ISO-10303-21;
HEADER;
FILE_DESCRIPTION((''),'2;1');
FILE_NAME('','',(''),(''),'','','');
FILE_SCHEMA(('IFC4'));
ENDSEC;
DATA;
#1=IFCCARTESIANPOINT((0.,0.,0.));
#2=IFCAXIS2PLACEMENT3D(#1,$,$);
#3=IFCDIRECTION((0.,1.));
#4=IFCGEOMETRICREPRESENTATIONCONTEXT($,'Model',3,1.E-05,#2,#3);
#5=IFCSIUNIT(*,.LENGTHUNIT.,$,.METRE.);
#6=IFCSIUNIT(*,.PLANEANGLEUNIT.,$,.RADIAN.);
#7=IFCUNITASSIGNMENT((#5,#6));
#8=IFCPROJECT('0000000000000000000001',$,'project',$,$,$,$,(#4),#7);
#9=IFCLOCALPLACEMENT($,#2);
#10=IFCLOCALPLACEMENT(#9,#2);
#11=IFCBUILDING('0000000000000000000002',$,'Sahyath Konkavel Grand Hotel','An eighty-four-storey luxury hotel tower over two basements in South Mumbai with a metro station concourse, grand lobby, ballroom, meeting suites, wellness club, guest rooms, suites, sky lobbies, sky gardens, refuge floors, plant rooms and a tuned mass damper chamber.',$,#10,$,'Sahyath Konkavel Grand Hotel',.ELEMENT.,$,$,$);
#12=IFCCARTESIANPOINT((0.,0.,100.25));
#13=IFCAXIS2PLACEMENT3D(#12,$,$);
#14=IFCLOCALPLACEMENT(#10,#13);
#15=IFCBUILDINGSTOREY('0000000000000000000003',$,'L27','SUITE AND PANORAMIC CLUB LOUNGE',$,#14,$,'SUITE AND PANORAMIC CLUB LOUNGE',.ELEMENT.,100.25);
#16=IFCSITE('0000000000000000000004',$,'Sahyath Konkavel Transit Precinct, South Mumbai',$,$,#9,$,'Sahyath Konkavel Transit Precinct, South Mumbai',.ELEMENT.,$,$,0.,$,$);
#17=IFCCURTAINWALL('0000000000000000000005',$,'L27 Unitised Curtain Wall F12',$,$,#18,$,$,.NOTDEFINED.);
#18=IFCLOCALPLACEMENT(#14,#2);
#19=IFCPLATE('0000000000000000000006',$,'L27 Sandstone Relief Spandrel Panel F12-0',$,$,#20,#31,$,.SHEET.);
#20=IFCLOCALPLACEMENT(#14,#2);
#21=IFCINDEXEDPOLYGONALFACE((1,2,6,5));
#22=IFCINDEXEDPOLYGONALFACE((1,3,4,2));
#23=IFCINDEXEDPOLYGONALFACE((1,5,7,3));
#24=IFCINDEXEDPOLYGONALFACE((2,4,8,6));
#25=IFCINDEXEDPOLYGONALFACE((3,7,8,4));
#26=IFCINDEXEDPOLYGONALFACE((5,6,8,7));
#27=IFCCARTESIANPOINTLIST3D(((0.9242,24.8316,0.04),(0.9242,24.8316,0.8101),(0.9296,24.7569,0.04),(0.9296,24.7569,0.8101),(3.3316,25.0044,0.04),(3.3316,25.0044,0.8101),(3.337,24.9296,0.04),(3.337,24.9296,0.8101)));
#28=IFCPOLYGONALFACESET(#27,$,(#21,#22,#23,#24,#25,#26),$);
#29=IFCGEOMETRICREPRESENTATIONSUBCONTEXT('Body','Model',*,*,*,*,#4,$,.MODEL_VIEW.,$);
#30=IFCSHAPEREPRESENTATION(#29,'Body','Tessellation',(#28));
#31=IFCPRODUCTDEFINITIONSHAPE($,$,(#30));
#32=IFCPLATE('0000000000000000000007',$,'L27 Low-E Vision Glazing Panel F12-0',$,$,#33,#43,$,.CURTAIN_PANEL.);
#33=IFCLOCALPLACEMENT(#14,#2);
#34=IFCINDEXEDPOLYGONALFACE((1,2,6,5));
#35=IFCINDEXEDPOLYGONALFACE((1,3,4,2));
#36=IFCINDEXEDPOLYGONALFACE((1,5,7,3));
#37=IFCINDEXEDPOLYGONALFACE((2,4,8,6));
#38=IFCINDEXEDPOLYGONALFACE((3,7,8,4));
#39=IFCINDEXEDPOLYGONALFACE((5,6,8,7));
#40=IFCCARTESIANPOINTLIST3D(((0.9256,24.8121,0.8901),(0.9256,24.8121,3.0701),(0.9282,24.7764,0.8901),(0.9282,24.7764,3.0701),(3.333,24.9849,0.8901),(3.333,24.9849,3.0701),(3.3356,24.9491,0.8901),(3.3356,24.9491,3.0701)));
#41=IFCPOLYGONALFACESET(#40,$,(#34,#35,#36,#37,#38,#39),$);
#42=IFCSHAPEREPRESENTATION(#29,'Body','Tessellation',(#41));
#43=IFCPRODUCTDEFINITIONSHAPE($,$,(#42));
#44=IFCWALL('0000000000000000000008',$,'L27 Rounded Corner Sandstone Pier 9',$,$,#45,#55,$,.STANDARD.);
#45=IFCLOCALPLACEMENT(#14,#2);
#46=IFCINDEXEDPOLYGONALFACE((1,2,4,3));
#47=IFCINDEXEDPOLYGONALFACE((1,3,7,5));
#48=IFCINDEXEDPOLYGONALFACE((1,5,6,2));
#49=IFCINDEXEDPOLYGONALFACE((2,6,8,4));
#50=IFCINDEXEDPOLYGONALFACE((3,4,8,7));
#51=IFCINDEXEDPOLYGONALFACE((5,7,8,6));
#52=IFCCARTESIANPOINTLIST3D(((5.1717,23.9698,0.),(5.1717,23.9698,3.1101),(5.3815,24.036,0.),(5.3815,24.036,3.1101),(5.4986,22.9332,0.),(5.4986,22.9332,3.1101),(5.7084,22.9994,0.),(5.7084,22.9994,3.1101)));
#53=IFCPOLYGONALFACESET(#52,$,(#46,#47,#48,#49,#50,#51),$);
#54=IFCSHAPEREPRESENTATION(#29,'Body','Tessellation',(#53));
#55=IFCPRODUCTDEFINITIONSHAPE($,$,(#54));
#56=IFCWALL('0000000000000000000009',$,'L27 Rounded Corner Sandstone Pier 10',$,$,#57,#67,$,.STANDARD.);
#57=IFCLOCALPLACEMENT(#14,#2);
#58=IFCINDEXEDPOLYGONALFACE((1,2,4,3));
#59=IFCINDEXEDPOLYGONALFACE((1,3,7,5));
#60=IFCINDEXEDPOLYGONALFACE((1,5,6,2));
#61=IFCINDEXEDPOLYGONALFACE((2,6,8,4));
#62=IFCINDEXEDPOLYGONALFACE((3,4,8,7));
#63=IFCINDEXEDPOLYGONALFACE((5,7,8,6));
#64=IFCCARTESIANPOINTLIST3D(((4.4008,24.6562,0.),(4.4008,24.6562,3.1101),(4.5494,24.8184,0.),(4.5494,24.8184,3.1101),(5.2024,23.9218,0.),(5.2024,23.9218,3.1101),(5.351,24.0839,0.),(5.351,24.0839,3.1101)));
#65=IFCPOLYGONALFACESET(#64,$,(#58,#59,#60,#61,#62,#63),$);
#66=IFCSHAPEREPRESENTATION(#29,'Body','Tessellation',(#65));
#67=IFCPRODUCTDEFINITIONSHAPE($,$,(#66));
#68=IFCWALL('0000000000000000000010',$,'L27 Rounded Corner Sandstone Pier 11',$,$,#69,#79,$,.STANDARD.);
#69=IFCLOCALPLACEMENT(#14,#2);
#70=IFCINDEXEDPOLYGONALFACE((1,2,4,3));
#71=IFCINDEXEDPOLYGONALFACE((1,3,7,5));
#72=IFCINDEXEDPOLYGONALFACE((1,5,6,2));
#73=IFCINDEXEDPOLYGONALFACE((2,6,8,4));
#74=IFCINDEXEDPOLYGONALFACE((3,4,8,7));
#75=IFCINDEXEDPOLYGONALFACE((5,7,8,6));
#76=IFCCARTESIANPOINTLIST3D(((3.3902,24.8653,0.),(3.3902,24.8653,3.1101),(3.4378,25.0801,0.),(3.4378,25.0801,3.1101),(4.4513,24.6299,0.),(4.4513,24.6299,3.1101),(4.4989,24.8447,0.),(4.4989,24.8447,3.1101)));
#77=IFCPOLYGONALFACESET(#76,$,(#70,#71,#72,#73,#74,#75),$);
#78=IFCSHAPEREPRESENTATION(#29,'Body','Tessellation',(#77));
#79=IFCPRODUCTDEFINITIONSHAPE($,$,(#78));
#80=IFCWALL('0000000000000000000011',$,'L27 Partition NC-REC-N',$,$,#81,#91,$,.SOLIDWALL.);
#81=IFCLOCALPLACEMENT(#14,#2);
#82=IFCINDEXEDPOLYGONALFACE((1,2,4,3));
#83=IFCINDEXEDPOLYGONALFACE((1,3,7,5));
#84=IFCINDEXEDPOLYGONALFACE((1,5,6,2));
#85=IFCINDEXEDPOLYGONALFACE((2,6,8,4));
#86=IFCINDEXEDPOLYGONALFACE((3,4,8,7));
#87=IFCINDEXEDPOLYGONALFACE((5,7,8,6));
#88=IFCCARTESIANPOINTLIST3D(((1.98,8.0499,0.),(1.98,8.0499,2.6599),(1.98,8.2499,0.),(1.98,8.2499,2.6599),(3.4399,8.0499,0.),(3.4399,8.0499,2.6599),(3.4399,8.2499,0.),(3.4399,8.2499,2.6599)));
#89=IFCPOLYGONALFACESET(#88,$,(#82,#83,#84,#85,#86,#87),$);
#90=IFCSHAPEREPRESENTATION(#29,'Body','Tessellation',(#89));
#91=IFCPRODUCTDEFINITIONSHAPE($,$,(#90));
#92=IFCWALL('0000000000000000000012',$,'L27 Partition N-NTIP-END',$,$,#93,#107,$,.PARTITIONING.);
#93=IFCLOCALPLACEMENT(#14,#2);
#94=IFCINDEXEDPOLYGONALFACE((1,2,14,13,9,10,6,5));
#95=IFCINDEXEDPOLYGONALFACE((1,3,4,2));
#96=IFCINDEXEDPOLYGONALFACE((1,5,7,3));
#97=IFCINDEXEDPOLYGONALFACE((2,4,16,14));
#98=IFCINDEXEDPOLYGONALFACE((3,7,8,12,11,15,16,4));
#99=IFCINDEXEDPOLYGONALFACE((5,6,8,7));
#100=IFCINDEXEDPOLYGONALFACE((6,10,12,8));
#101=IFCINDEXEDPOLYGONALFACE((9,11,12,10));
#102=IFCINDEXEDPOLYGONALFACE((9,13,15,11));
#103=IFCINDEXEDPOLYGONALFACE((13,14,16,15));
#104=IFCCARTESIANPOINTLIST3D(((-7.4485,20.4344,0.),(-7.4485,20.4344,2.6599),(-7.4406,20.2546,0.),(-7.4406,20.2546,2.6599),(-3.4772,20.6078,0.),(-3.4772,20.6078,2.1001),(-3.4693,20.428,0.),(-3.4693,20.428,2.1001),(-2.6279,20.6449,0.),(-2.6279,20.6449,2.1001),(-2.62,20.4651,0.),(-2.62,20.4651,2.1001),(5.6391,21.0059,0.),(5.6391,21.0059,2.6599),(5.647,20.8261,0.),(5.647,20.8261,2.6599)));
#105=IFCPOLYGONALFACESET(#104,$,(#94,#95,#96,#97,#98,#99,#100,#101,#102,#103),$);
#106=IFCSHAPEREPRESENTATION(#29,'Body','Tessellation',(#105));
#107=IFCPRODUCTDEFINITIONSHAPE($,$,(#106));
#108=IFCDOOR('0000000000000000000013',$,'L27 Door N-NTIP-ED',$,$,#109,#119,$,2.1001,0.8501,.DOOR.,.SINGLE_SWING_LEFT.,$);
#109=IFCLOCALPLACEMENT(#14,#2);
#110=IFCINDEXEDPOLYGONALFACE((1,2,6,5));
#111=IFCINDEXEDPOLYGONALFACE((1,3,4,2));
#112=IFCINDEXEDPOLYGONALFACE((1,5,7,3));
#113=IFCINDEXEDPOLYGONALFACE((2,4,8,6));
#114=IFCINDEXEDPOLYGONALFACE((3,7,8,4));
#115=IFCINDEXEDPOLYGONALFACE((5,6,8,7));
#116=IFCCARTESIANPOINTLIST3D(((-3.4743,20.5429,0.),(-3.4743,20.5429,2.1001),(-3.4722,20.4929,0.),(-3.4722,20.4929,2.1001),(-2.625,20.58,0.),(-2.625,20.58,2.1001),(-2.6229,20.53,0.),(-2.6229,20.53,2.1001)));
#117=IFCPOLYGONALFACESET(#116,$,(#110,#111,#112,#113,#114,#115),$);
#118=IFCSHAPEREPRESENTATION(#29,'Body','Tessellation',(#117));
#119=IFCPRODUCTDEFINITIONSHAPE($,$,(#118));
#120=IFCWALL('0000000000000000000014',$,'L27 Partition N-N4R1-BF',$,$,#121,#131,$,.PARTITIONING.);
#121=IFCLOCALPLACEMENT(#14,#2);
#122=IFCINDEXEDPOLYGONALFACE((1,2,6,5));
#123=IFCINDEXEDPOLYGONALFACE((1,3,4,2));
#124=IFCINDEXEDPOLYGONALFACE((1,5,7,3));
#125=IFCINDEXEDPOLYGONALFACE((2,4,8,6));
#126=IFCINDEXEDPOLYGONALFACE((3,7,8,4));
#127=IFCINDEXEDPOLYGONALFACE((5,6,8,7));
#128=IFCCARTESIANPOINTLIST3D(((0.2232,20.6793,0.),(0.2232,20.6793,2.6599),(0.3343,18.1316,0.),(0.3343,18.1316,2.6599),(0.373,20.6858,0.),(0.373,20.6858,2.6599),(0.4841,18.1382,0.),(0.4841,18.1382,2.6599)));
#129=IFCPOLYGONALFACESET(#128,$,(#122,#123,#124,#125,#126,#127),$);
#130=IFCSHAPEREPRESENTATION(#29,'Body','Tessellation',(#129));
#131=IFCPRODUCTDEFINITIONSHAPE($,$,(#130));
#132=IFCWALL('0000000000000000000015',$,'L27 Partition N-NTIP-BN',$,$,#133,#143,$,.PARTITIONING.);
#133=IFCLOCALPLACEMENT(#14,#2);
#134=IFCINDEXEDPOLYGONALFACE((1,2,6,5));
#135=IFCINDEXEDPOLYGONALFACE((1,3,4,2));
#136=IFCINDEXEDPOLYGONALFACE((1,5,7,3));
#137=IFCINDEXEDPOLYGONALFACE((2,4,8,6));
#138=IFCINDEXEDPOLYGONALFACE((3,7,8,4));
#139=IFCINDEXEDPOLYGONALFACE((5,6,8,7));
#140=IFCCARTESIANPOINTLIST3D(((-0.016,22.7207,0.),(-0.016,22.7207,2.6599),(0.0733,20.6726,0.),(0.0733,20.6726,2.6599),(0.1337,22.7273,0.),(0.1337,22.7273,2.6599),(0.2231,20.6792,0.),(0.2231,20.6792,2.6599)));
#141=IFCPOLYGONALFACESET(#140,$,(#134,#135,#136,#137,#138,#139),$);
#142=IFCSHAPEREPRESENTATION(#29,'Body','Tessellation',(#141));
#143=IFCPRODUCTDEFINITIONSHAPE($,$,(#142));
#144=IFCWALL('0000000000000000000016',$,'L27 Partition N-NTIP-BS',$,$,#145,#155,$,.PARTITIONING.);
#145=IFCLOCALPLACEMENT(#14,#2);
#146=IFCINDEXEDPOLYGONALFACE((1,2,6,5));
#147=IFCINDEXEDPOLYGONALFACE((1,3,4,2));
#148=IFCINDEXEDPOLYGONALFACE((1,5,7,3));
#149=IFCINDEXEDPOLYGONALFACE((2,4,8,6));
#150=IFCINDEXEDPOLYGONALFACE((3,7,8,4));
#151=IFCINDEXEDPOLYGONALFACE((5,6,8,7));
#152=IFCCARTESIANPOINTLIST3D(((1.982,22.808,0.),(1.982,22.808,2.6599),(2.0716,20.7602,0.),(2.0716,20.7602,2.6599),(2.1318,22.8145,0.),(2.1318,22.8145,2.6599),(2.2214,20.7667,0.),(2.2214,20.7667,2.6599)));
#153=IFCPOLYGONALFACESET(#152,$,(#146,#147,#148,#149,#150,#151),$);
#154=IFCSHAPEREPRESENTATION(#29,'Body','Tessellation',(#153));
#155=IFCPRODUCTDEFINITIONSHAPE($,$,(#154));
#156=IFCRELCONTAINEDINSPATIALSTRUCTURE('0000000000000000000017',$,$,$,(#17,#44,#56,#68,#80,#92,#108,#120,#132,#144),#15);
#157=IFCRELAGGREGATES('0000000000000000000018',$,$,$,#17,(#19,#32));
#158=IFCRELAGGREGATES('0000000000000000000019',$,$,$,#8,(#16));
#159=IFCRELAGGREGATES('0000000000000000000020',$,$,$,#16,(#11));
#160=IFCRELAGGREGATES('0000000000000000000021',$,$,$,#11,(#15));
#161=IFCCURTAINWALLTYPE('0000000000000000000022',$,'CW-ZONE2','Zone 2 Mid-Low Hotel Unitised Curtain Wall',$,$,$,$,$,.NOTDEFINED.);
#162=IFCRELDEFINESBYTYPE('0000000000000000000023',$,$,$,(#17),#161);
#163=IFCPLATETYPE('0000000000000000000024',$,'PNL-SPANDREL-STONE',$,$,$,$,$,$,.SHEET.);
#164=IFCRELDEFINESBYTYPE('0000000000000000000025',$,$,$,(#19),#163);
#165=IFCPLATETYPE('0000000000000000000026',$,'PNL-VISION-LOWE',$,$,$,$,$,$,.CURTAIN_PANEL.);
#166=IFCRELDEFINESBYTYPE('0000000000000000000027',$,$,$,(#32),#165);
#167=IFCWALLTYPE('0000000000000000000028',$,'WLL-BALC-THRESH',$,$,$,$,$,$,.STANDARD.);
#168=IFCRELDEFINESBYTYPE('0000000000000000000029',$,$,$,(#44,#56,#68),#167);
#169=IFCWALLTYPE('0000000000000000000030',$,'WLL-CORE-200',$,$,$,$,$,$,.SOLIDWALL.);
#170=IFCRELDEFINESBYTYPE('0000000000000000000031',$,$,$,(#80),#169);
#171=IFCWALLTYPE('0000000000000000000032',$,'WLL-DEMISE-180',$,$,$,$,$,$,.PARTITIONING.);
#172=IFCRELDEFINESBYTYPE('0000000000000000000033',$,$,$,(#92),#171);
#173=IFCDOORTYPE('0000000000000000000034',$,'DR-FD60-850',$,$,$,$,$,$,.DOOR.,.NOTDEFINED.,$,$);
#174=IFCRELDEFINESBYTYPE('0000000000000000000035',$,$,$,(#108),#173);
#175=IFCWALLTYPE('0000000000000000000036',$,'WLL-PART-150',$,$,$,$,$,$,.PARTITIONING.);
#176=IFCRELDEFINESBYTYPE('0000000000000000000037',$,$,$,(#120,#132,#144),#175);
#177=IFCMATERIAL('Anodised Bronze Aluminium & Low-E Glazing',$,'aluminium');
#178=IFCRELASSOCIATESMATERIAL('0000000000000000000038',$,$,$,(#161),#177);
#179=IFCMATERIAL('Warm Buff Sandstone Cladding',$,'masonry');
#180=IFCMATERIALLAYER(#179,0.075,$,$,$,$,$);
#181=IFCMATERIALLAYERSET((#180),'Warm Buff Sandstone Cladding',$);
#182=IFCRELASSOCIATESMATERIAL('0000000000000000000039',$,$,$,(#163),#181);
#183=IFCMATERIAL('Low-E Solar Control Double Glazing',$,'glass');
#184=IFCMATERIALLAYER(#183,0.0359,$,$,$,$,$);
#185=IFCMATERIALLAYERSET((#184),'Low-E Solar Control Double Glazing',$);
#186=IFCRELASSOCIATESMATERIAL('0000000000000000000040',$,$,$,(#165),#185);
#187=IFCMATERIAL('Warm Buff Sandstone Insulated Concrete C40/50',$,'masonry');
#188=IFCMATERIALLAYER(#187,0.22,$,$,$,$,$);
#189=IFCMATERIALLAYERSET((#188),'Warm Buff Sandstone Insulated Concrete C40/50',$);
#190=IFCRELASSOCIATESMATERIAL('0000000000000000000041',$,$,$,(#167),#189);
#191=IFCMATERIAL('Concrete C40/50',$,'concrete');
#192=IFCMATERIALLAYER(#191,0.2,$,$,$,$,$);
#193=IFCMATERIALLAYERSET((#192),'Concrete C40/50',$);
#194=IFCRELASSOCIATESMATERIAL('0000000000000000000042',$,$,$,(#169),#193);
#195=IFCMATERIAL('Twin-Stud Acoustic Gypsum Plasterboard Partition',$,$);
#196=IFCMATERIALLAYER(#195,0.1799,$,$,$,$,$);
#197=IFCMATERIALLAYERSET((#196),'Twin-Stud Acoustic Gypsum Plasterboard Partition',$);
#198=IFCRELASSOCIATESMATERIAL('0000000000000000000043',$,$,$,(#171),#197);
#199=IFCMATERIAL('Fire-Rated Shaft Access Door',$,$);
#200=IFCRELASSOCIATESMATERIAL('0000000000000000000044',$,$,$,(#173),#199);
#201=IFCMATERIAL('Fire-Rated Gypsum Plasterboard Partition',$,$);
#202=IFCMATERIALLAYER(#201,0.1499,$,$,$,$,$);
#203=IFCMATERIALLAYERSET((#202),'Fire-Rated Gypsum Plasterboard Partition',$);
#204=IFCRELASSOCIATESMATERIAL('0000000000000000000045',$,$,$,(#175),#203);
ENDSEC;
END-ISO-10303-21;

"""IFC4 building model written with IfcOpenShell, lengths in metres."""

from ifc_helpers import new_model, si_unit, direction, frame, frame_2d, origin, origin_2d, place, context, subcontext, project, spatial, rectangle, extrude, source, transform, mapped, material, layer, layer_set, type_object, element, fill, aggregate, save


model = new_model("IFC4")

# Units and contexts
model_context = context("Model", 3, precision=1e-05, world=origin(), true_north=direction((0.0, 1.0)))
body_context = subcontext(model_context, "Body", "Model", "MODEL_VIEW")
ifc_project = project(units=[si_unit("LENGTHUNIT", "METRE"), si_unit("PLANEANGLEUNIT", "RADIAN")], contexts=[model_context])

# Site, building, storey
site_placement = place(None, origin())
site = spatial("IfcSite", under=ifc_project, at=site_placement, Name="Sahyath Konkavel Transit Precinct, South Mumbai", LongName="Sahyath Konkavel Transit Precinct, South Mumbai", CompositionType="ELEMENT", RefElevation=0.0)
building_placement = place(site_placement, origin())
building = spatial("IfcBuilding", under=site, at=building_placement, Name="Sahyath Konkavel Grand Hotel", Description="An eighty-four-storey luxury hotel tower over two basements in South Mumbai with a metro station concourse, grand lobby, ballroom, meeting suites, wellness club, guest rooms, suites, sky lobbies, sky gardens, refuge floors, plant rooms and a tuned mass damper chamber.", LongName="Sahyath Konkavel Grand Hotel", CompositionType="ELEMENT")
storey_placement = place(building_placement, frame((0.0, 0.0, 100.25)))
storey = spatial("IfcBuildingStorey", under=building, at=storey_placement, Name="L27", Description="SUITE AND PANORAMIC CLUB LOUNGE", LongName="SUITE AND PANORAMIC CLUB LOUNGE", CompositionType="ELEMENT", Elevation=100.25)

# Shared definitions
ifc_material_1 = material(Name="Anodised Bronze Aluminium & Low-E Glazing", Category="aluminium")
curtain_wall_type = type_object("IfcCurtainWallType", Name="CW-ZONE2", Description="Zone 2 Mid-Low Hotel Unitised Curtain Wall", PredefinedType="NOTDEFINED", material=ifc_material_1)

# Curtain wall, plates
curtain_wall_1_placement = place(storey_placement, origin())
curtain_wall_1 = element("IfcCurtainWall", 1, at=curtain_wall_1_placement, inside=storey, type_object=curtain_wall_type, Name="L27 Unitised Curtain Wall F12", PredefinedType="NOTDEFINED")
ifc_material_2 = material(Name="Warm Buff Sandstone Cladding", Category="masonry")
ifc_layer_1 = layer(ifc_material_2, 0.075)
ifc_layer_set_1 = layer_set([ifc_layer_1], Name="Warm Buff Sandstone Cladding")
plate_type_1 = type_object("IfcPlateType", Name="PNL-SPANDREL-STONE", PredefinedType="SHEET", material=ifc_layer_set_1)
shared_shape_1 = source(origin(), body_context, "Body", "SweptSolid", [
    extrude(rectangle(XDim=2.4136, YDim=0.075, at=origin_2d()), origin(), (0.0, 0.0, 1.0), 0.77),
])
plate_1_placement = place(storey_placement, frame((2.1306, 24.8806, 0.04), z_axis=(0.0, 0.0, 1.0), x_axis=(-0.997436, -0.071567, 0.0)))
plate_1 = element("IfcPlate", 2, at=plate_1_placement, type_object=plate_type_1, Name="L27 Sandstone Relief Spandrel Panel F12-0", PredefinedType="SHEET", context=body_context, shape_type="MappedRepresentation", body=[
    mapped(shared_shape_1, transform((0.0, 0.0, 0.0), scale=1.0)),
])
ifc_material_3 = material(Name="Low-E Solar Control Double Glazing", Category="glass")
ifc_layer_2 = layer(ifc_material_3, 0.0359)
ifc_layer_set_2 = layer_set([ifc_layer_2], Name="Low-E Solar Control Double Glazing")
plate_type_2 = type_object("IfcPlateType", Name="PNL-VISION-LOWE", PredefinedType="CURTAIN_PANEL", material=ifc_layer_set_2)
shared_shape_2 = source(origin(), body_context, "Body", "SweptSolid", [
    extrude(rectangle(XDim=2.4136, YDim=0.0359, at=origin_2d()), origin(), (0.0, 0.0, 1.0), 2.1799),
])
plate_2_placement = place(storey_placement, frame((2.1306, 24.8806, 0.8901), z_axis=(0.0, 0.0, 1.0), x_axis=(-0.997436, -0.071567, 0.0)))
plate_2 = element("IfcPlate", 3, at=plate_2_placement, type_object=plate_type_2, Name="L27 Low-E Vision Glazing Panel F12-0", PredefinedType="CURTAIN_PANEL", context=body_context, shape_type="MappedRepresentation", body=[
    mapped(shared_shape_2, transform((0.0, 0.0, 0.0), scale=1.0)),
])
aggregate(curtain_wall_1, [plate_1, plate_2])

# Walls
ifc_material_4 = material(Name="Warm Buff Sandstone Insulated Concrete C40/50", Category="masonry")
ifc_layer_3 = layer(ifc_material_4, 0.22)
ifc_layer_set_3 = layer_set([ifc_layer_3], Name="Warm Buff Sandstone Insulated Concrete C40/50")
wall_type_1 = type_object("IfcWallType", Name="WLL-BALC-THRESH", PredefinedType="STANDARD", material=ifc_layer_set_3)
wall_1_placement = place(storey_placement, frame((5.6035, 22.9663, 0.0), z_axis=(0.0, 0.0, 1.0), x_axis=(-0.300755, 0.953701, 0.0)))
element("IfcWall", 4, at=wall_1_placement, inside=storey, type_object=wall_type_1, Name="L27 Rounded Corner Sandstone Pier 9", PredefinedType="STANDARD", context=body_context, shape_type="SweptSolid", body=[
    extrude(rectangle(XDim=1.0869, YDim=0.22, at=frame_2d((0.5435, 0.0))), origin(), (0.0, 0.0, 1.0), 3.1101),
])
wall_2_placement = place(storey_placement, frame((5.2766, 24.0029, 0.0), z_axis=(0.0, 0.0, 1.0), x_axis=(-0.737313, 0.675552, 0.0)))
element("IfcWall", 5, at=wall_2_placement, inside=storey, type_object=wall_type_1, Name="L27 Rounded Corner Sandstone Pier 10", PredefinedType="STANDARD", context=body_context, shape_type="SweptSolid", body=[
    extrude(rectangle(XDim=1.0872, YDim=0.22, at=frame_2d((0.5435, 0.0))), origin(), (0.0, 0.0, 1.0), 3.1101),
])
wall_3_placement = place(storey_placement, frame((4.4751, 24.7373, 0.0), z_axis=(0.0, 0.0, 1.0), x_axis=(-0.976272, 0.21655, 0.0)))
element("IfcWall", 6, at=wall_3_placement, inside=storey, type_object=wall_type_1, Name="L27 Rounded Corner Sandstone Pier 11", PredefinedType="STANDARD", context=body_context, shape_type="SweptSolid", body=[
    extrude(rectangle(XDim=1.0869, YDim=0.22, at=frame_2d((0.5435, 0.0))), origin(), (0.0, 0.0, 1.0), 3.1101),
])
ifc_material_5 = material(Name="Concrete C40/50", Category="concrete")
ifc_layer_4 = layer(ifc_material_5, 0.2)
ifc_layer_set_4 = layer_set([ifc_layer_4], Name="Concrete C40/50")
wall_type_2 = type_object("IfcWallType", Name="WLL-CORE-200", PredefinedType="SOLIDWALL", material=ifc_layer_set_4)
wall_4_placement = place(storey_placement, frame((1.98, 8.1499, 0.0), z_axis=(0.0, 0.0, 1.0), x_axis=(1.0, 0.0, 0.0)))
element("IfcWall", 7, at=wall_4_placement, inside=storey, type_object=wall_type_2, Name="L27 Partition NC-REC-N", PredefinedType="SOLIDWALL", context=body_context, shape_type="SweptSolid", body=[
    extrude(rectangle(XDim=1.46, YDim=0.2, at=frame_2d((0.73, 0.0))), origin(), (0.0, 0.0, 1.0), 2.6599),
])

# Wall, opening, door
ifc_material_6 = material(Name="Twin-Stud Acoustic Gypsum Plasterboard Partition")
ifc_layer_5 = layer(ifc_material_6, 0.1799)
ifc_layer_set_5 = layer_set([ifc_layer_5], Name="Twin-Stud Acoustic Gypsum Plasterboard Partition")
wall_type_3 = type_object("IfcWallType", Name="WLL-DEMISE-180", PredefinedType="PARTITIONING", material=ifc_layer_set_5)
wall_5_placement = place(storey_placement, frame((5.6431, 20.916, 0.0), z_axis=(0.0, 0.0, 1.0), x_axis=(-0.999048, -0.043628, 0.0)))
wall_5 = element("IfcWall", 8, at=wall_5_placement, inside=storey, type_object=wall_type_3, Name="L27 Partition N-NTIP-END", PredefinedType="PARTITIONING", context=body_context, shape_type="SweptSolid", body=[
    extrude(rectangle(XDim=13.1001, YDim=0.1799, at=frame_2d((6.55, 0.0))), origin(), (0.0, 0.0, 1.0), 2.6599),
])
opening_1_placement = place(wall_5_placement, frame((8.2749, 0.0, 0.0)))
opening_1 = element("IfcOpeningElement", 9, at=opening_1_placement, cuts=wall_5, PredefinedType="OPENING", context=body_context, shape_type="SweptSolid", body=[
    extrude(rectangle(XDim=0.8501, YDim=2.1001, at=frame_2d((0.425, 1.05))), frame((0.0, 0.1001, 0.0), z_axis=(0.0, -1.0, 0.0), x_axis=(1.0, 0.0, 0.0)), (0.0, 0.0, 1.0), 0.2),
])
ifc_material_7 = material(Name="Fire-Rated Shaft Access Door")
door_type_1 = type_object("IfcDoorType", Name="DR-FD60-850", OperationType="NOTDEFINED", PredefinedType="DOOR", material=ifc_material_7)
shared_shape_3 = source(origin(), body_context, "Body", "SweptSolid", [
    extrude(rectangle(XDim=0.8501, YDim=0.05, at=origin_2d()), origin(), (0.0, 0.0, 1.0), 2.1001),
])
door_1_placement = place(opening_1_placement, frame((0.425, 0.0, 0.0)))
door_1 = element("IfcDoor", 10, at=door_1_placement, inside=storey, type_object=door_type_1, Name="L27 Door N-NTIP-ED", OperationType="SINGLE_SWING_LEFT", OverallHeight=2.1001, OverallWidth=0.8501, PredefinedType="DOOR", context=body_context, shape_type="MappedRepresentation", body=[
    mapped(shared_shape_3, transform((0.0, 0.0, 0.0), scale=1.0)),
])
fill(opening_1, door_1)

# Walls
ifc_material_8 = material(Name="Fire-Rated Gypsum Plasterboard Partition")
ifc_layer_6 = layer(ifc_material_8, 0.1499)
ifc_layer_set_6 = layer_set([ifc_layer_6], Name="Fire-Rated Gypsum Plasterboard Partition")
wall_type_4 = type_object("IfcWallType", Name="WLL-PART-150", PredefinedType="PARTITIONING", material=ifc_layer_set_6)
wall_6_placement = place(storey_placement, frame((0.4092, 18.135, 0.0), z_axis=(0.0, 0.0, 1.0), x_axis=(-0.043562, 0.999051, 0.0)))
element("IfcWall", 11, at=wall_6_placement, inside=storey, type_object=wall_type_4, Name="L27 Partition N-N4R1-BF", PredefinedType="PARTITIONING", context=body_context, shape_type="SweptSolid", body=[
    extrude(rectangle(XDim=2.55, YDim=0.1499, at=frame_2d((1.2749, 0.0))), origin(), (0.0, 0.0, 1.0), 2.6599),
])
wall_7_placement = place(storey_placement, frame((0.1482, 20.676, 0.0), z_axis=(0.0, 0.0, 1.0), x_axis=(-0.043587, 0.99905, 0.0)))
element("IfcWall", 12, at=wall_7_placement, inside=storey, type_object=wall_type_4, Name="L27 Partition N-NTIP-BN", PredefinedType="PARTITIONING", context=body_context, shape_type="SweptSolid", body=[
    extrude(rectangle(XDim=2.05, YDim=0.1499, at=frame_2d((1.0249, 0.0))), origin(), (0.0, 0.0, 1.0), 2.6599),
])
wall_8_placement = place(storey_placement, frame((2.1465, 20.7634, 0.0), z_axis=(0.0, 0.0, 1.0), x_axis=(-0.043711, 0.999044, 0.0)))
element("IfcWall", 13, at=wall_8_placement, inside=storey, type_object=wall_type_4, Name="L27 Partition N-NTIP-BS", PredefinedType="PARTITIONING", context=body_context, shape_type="SweptSolid", body=[
    extrude(rectangle(XDim=2.0498, YDim=0.1499, at=frame_2d((1.0249, 0.0))), origin(), (0.0, 0.0, 1.0), 2.6599),
])

save(model, "model.ifc")
